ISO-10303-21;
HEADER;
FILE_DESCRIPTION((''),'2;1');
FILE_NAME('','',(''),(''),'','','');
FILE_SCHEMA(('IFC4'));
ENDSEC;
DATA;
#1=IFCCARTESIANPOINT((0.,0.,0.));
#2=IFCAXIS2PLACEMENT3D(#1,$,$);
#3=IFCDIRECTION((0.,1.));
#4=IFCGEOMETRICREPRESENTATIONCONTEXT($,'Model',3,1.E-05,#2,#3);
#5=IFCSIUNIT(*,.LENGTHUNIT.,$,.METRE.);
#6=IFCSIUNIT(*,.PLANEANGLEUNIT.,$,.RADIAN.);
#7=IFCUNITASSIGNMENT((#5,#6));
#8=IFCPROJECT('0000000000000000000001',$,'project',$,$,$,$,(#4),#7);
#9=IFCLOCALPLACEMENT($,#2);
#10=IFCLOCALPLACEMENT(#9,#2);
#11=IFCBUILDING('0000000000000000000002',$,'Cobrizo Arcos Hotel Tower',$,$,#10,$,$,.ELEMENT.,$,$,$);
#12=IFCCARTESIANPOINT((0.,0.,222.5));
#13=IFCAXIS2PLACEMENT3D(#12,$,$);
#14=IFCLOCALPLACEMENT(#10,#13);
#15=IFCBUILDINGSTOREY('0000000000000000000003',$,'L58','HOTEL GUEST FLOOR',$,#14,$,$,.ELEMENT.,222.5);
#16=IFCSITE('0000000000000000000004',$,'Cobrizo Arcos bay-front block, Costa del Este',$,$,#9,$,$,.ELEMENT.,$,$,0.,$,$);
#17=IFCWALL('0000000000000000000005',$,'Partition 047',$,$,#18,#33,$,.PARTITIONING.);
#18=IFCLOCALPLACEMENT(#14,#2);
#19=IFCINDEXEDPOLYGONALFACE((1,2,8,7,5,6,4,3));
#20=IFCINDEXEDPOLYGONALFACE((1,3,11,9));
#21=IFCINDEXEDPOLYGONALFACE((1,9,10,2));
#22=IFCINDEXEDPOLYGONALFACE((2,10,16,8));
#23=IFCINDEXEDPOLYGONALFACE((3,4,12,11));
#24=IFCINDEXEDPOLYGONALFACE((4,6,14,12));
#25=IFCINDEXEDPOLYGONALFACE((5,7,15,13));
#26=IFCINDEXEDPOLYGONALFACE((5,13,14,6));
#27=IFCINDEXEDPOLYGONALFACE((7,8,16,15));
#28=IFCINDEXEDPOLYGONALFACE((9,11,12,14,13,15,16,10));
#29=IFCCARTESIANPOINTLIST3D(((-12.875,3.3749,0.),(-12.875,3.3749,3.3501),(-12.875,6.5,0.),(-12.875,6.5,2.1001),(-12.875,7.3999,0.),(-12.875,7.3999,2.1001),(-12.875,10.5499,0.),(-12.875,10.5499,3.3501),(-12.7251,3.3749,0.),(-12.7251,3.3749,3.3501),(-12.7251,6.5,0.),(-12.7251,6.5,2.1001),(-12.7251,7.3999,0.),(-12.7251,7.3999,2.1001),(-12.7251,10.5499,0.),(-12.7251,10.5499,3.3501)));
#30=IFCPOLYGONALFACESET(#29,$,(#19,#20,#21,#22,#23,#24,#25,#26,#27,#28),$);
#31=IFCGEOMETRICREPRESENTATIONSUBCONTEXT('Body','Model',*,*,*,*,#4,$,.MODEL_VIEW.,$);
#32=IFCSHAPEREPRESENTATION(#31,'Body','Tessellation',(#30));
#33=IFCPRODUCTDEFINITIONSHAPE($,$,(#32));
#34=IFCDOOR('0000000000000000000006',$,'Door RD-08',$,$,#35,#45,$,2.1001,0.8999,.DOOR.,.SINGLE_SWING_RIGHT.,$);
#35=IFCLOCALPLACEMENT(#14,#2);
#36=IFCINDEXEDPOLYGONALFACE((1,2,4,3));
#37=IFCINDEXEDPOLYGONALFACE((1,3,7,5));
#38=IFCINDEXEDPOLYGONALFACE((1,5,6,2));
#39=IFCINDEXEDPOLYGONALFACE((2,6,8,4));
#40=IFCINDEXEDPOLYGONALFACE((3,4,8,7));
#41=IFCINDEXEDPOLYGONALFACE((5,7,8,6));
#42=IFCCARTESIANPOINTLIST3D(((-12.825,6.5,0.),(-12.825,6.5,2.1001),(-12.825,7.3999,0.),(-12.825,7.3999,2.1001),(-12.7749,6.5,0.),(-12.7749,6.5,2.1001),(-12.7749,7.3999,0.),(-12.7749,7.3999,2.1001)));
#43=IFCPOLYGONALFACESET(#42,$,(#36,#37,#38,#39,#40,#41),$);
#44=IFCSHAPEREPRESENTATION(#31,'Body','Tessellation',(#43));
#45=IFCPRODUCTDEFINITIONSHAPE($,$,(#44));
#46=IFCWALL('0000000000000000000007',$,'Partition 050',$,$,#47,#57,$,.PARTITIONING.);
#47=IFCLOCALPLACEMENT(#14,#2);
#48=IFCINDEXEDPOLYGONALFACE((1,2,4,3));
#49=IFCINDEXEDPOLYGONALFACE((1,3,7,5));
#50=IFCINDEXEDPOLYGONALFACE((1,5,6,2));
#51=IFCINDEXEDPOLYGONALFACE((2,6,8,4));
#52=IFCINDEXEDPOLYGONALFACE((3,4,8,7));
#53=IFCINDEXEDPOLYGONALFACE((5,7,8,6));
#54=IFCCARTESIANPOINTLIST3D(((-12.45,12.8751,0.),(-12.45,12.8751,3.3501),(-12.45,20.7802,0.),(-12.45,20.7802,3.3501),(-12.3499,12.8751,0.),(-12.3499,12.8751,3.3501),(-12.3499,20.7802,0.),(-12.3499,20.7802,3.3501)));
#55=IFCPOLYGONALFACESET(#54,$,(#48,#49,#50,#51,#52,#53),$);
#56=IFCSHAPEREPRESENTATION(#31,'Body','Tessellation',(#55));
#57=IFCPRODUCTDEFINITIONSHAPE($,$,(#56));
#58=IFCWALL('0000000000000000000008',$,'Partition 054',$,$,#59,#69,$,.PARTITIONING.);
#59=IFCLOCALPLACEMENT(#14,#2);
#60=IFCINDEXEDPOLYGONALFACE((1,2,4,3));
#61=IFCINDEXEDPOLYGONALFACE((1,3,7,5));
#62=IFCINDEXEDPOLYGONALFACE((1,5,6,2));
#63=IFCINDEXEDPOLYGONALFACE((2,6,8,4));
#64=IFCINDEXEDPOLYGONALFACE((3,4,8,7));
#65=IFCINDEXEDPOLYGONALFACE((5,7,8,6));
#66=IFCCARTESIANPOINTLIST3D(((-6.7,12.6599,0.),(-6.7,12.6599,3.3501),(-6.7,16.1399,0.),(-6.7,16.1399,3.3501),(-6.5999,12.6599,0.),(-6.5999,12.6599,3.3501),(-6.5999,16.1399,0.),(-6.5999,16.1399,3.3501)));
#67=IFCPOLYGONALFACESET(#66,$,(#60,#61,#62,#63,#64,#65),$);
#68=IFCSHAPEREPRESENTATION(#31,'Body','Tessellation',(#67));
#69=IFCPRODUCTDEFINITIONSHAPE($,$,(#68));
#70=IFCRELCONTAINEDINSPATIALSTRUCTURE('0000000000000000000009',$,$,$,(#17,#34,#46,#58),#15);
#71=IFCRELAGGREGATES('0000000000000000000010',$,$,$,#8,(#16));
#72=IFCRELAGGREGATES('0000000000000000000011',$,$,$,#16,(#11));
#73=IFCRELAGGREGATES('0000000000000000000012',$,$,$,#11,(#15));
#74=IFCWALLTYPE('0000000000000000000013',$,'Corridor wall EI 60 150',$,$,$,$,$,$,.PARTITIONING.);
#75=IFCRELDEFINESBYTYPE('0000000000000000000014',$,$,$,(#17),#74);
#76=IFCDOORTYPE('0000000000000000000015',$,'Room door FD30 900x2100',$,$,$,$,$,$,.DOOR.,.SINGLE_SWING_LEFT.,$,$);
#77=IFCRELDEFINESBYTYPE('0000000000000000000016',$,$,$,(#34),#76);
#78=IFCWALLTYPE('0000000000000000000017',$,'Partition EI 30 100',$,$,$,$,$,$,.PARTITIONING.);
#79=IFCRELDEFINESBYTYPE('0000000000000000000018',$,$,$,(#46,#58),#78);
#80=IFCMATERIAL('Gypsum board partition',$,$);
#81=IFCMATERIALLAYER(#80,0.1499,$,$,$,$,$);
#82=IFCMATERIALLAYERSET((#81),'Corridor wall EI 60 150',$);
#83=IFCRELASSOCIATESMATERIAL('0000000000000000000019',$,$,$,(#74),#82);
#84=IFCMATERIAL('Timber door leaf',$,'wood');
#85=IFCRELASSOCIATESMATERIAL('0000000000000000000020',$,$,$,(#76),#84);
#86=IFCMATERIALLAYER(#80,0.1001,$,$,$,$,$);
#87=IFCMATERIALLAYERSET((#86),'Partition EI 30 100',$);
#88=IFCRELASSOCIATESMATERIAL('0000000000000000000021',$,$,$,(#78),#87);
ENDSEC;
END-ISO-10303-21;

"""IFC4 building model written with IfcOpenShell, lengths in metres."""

from ifc_helpers import new_model, si_unit, direction, frame, frame_2d, origin, place, context, subcontext, project, spatial, rectangle, extrude, material, layer, layer_set, type_object, element, fill, save


model = new_model("IFC4")

# Units and contexts
model_context = context("Model", 3, precision=1e-05, world=origin(), true_north=direction((0.0, 1.0)))
body_context = subcontext(model_context, "Body", "Model", "MODEL_VIEW")
ifc_project = project(units=[si_unit("LENGTHUNIT", "METRE"), si_unit("PLANEANGLEUNIT", "RADIAN")], contexts=[model_context])

# Site, building, storey
site_placement = place(None, origin())
site = spatial("IfcSite", under=ifc_project, at=site_placement, Name="Cobrizo Arcos bay-front block, Costa del Este", CompositionType="ELEMENT", RefElevation=0.0)
building_placement = place(site_placement, origin())
building = spatial("IfcBuilding", under=site, at=building_placement, Name="Cobrizo Arcos Hotel Tower", CompositionType="ELEMENT")
storey_placement = place(building_placement, frame((0.0, 0.0, 222.5)))
storey = spatial("IfcBuildingStorey", under=building, at=storey_placement, Name="L58", Description="HOTEL GUEST FLOOR", CompositionType="ELEMENT", Elevation=222.5)

# Shared definitions
ifc_material_1 = material(Name="Gypsum board partition")
ifc_layer_1 = layer(ifc_material_1, 0.1499)
ifc_layer_set_1 = layer_set([ifc_layer_1], Name="Corridor wall EI 60 150")
wall_type_1 = type_object("IfcWallType", Name="Corridor wall EI 60 150", PredefinedType="PARTITIONING", material=ifc_layer_set_1)

# Wall, opening, door
wall_1_placement = place(storey_placement, frame((-12.8, 3.375, 0.0), z_axis=(0.0, 0.0, 1.0), x_axis=(0.0, 1.0, 0.0)))
wall_1 = element("IfcWall", 1, at=wall_1_placement, inside=storey, type_object=wall_type_1, Name="Partition 047", PredefinedType="PARTITIONING", context=body_context, shape_type="SweptSolid", body=[
    extrude(rectangle(XDim=7.175, YDim=0.1499, at=frame_2d((3.5874, 0.0))), origin(), (0.0, 0.0, 1.0), 3.3501),
])
opening_placement = place(wall_1_placement, frame((3.125, 0.0, 0.0)))
opening = element("IfcOpeningElement", 2, at=opening_placement, cuts=wall_1, PredefinedType="OPENING", context=body_context, shape_type="SweptSolid", body=[
    extrude(rectangle(XDim=0.8999, YDim=2.1001, at=frame_2d((0.45, 1.05))), frame((0.0, 0.0869, 0.0), z_axis=(0.0, -1.0, 0.0), x_axis=(1.0, 0.0, 0.0)), (0.0, 0.0, 1.0), 0.1738),
])
ifc_material_2 = material(Name="Timber door leaf", Category="wood")
door_type = type_object("IfcDoorType", Name="Room door FD30 900x2100", OperationType="SINGLE_SWING_LEFT", PredefinedType="DOOR", material=ifc_material_2)
door_placement = place(opening_placement, origin())
door = element("IfcDoor", 3, at=door_placement, inside=storey, type_object=door_type, Name="Door RD-08", OperationType="SINGLE_SWING_RIGHT", OverallHeight=2.1001, OverallWidth=0.8999, PredefinedType="DOOR", context=body_context, shape_type="SweptSolid", body=[
    extrude(rectangle(XDim=0.8999, YDim=2.1001, at=frame_2d((0.45, 1.05))), frame((0.0, 0.0249, 0.0), z_axis=(0.0, -1.0, 0.0), x_axis=(1.0, 0.0, 0.0)), (0.0, 0.0, 1.0), 0.05),
])
fill(opening, door)

# Walls
ifc_layer_2 = layer(ifc_material_1, 0.1001)
ifc_layer_set_2 = layer_set([ifc_layer_2], Name="Partition EI 30 100")
wall_type_2 = type_object("IfcWallType", Name="Partition EI 30 100", PredefinedType="PARTITIONING", material=ifc_layer_set_2)
wall_2_placement = place(storey_placement, frame((-12.3999, 12.875, 0.0), z_axis=(0.0, 0.0, 1.0), x_axis=(0.0, 1.0, 0.0)))
element("IfcWall", 4, at=wall_2_placement, inside=storey, type_object=wall_type_2, Name="Partition 050", PredefinedType="PARTITIONING", context=body_context, shape_type="SweptSolid", body=[
    extrude(rectangle(XDim=7.905, YDim=0.1001, at=frame_2d((3.9526, 0.0))), origin(), (0.0, 0.0, 1.0), 3.3501),
])
wall_3_placement = place(storey_placement, frame((-6.6499, 12.6599, 0.0), z_axis=(0.0, 0.0, 1.0), x_axis=(0.0, 1.0, 0.0)))
element("IfcWall", 5, at=wall_3_placement, inside=storey, type_object=wall_type_2, Name="Partition 054", PredefinedType="PARTITIONING", context=body_context, shape_type="SweptSolid", body=[
    extrude(rectangle(XDim=3.48, YDim=0.1001, at=frame_2d((1.74, 0.0))), origin(), (0.0, 0.0, 1.0), 3.3501),
])

save(model, "model.ifc")
